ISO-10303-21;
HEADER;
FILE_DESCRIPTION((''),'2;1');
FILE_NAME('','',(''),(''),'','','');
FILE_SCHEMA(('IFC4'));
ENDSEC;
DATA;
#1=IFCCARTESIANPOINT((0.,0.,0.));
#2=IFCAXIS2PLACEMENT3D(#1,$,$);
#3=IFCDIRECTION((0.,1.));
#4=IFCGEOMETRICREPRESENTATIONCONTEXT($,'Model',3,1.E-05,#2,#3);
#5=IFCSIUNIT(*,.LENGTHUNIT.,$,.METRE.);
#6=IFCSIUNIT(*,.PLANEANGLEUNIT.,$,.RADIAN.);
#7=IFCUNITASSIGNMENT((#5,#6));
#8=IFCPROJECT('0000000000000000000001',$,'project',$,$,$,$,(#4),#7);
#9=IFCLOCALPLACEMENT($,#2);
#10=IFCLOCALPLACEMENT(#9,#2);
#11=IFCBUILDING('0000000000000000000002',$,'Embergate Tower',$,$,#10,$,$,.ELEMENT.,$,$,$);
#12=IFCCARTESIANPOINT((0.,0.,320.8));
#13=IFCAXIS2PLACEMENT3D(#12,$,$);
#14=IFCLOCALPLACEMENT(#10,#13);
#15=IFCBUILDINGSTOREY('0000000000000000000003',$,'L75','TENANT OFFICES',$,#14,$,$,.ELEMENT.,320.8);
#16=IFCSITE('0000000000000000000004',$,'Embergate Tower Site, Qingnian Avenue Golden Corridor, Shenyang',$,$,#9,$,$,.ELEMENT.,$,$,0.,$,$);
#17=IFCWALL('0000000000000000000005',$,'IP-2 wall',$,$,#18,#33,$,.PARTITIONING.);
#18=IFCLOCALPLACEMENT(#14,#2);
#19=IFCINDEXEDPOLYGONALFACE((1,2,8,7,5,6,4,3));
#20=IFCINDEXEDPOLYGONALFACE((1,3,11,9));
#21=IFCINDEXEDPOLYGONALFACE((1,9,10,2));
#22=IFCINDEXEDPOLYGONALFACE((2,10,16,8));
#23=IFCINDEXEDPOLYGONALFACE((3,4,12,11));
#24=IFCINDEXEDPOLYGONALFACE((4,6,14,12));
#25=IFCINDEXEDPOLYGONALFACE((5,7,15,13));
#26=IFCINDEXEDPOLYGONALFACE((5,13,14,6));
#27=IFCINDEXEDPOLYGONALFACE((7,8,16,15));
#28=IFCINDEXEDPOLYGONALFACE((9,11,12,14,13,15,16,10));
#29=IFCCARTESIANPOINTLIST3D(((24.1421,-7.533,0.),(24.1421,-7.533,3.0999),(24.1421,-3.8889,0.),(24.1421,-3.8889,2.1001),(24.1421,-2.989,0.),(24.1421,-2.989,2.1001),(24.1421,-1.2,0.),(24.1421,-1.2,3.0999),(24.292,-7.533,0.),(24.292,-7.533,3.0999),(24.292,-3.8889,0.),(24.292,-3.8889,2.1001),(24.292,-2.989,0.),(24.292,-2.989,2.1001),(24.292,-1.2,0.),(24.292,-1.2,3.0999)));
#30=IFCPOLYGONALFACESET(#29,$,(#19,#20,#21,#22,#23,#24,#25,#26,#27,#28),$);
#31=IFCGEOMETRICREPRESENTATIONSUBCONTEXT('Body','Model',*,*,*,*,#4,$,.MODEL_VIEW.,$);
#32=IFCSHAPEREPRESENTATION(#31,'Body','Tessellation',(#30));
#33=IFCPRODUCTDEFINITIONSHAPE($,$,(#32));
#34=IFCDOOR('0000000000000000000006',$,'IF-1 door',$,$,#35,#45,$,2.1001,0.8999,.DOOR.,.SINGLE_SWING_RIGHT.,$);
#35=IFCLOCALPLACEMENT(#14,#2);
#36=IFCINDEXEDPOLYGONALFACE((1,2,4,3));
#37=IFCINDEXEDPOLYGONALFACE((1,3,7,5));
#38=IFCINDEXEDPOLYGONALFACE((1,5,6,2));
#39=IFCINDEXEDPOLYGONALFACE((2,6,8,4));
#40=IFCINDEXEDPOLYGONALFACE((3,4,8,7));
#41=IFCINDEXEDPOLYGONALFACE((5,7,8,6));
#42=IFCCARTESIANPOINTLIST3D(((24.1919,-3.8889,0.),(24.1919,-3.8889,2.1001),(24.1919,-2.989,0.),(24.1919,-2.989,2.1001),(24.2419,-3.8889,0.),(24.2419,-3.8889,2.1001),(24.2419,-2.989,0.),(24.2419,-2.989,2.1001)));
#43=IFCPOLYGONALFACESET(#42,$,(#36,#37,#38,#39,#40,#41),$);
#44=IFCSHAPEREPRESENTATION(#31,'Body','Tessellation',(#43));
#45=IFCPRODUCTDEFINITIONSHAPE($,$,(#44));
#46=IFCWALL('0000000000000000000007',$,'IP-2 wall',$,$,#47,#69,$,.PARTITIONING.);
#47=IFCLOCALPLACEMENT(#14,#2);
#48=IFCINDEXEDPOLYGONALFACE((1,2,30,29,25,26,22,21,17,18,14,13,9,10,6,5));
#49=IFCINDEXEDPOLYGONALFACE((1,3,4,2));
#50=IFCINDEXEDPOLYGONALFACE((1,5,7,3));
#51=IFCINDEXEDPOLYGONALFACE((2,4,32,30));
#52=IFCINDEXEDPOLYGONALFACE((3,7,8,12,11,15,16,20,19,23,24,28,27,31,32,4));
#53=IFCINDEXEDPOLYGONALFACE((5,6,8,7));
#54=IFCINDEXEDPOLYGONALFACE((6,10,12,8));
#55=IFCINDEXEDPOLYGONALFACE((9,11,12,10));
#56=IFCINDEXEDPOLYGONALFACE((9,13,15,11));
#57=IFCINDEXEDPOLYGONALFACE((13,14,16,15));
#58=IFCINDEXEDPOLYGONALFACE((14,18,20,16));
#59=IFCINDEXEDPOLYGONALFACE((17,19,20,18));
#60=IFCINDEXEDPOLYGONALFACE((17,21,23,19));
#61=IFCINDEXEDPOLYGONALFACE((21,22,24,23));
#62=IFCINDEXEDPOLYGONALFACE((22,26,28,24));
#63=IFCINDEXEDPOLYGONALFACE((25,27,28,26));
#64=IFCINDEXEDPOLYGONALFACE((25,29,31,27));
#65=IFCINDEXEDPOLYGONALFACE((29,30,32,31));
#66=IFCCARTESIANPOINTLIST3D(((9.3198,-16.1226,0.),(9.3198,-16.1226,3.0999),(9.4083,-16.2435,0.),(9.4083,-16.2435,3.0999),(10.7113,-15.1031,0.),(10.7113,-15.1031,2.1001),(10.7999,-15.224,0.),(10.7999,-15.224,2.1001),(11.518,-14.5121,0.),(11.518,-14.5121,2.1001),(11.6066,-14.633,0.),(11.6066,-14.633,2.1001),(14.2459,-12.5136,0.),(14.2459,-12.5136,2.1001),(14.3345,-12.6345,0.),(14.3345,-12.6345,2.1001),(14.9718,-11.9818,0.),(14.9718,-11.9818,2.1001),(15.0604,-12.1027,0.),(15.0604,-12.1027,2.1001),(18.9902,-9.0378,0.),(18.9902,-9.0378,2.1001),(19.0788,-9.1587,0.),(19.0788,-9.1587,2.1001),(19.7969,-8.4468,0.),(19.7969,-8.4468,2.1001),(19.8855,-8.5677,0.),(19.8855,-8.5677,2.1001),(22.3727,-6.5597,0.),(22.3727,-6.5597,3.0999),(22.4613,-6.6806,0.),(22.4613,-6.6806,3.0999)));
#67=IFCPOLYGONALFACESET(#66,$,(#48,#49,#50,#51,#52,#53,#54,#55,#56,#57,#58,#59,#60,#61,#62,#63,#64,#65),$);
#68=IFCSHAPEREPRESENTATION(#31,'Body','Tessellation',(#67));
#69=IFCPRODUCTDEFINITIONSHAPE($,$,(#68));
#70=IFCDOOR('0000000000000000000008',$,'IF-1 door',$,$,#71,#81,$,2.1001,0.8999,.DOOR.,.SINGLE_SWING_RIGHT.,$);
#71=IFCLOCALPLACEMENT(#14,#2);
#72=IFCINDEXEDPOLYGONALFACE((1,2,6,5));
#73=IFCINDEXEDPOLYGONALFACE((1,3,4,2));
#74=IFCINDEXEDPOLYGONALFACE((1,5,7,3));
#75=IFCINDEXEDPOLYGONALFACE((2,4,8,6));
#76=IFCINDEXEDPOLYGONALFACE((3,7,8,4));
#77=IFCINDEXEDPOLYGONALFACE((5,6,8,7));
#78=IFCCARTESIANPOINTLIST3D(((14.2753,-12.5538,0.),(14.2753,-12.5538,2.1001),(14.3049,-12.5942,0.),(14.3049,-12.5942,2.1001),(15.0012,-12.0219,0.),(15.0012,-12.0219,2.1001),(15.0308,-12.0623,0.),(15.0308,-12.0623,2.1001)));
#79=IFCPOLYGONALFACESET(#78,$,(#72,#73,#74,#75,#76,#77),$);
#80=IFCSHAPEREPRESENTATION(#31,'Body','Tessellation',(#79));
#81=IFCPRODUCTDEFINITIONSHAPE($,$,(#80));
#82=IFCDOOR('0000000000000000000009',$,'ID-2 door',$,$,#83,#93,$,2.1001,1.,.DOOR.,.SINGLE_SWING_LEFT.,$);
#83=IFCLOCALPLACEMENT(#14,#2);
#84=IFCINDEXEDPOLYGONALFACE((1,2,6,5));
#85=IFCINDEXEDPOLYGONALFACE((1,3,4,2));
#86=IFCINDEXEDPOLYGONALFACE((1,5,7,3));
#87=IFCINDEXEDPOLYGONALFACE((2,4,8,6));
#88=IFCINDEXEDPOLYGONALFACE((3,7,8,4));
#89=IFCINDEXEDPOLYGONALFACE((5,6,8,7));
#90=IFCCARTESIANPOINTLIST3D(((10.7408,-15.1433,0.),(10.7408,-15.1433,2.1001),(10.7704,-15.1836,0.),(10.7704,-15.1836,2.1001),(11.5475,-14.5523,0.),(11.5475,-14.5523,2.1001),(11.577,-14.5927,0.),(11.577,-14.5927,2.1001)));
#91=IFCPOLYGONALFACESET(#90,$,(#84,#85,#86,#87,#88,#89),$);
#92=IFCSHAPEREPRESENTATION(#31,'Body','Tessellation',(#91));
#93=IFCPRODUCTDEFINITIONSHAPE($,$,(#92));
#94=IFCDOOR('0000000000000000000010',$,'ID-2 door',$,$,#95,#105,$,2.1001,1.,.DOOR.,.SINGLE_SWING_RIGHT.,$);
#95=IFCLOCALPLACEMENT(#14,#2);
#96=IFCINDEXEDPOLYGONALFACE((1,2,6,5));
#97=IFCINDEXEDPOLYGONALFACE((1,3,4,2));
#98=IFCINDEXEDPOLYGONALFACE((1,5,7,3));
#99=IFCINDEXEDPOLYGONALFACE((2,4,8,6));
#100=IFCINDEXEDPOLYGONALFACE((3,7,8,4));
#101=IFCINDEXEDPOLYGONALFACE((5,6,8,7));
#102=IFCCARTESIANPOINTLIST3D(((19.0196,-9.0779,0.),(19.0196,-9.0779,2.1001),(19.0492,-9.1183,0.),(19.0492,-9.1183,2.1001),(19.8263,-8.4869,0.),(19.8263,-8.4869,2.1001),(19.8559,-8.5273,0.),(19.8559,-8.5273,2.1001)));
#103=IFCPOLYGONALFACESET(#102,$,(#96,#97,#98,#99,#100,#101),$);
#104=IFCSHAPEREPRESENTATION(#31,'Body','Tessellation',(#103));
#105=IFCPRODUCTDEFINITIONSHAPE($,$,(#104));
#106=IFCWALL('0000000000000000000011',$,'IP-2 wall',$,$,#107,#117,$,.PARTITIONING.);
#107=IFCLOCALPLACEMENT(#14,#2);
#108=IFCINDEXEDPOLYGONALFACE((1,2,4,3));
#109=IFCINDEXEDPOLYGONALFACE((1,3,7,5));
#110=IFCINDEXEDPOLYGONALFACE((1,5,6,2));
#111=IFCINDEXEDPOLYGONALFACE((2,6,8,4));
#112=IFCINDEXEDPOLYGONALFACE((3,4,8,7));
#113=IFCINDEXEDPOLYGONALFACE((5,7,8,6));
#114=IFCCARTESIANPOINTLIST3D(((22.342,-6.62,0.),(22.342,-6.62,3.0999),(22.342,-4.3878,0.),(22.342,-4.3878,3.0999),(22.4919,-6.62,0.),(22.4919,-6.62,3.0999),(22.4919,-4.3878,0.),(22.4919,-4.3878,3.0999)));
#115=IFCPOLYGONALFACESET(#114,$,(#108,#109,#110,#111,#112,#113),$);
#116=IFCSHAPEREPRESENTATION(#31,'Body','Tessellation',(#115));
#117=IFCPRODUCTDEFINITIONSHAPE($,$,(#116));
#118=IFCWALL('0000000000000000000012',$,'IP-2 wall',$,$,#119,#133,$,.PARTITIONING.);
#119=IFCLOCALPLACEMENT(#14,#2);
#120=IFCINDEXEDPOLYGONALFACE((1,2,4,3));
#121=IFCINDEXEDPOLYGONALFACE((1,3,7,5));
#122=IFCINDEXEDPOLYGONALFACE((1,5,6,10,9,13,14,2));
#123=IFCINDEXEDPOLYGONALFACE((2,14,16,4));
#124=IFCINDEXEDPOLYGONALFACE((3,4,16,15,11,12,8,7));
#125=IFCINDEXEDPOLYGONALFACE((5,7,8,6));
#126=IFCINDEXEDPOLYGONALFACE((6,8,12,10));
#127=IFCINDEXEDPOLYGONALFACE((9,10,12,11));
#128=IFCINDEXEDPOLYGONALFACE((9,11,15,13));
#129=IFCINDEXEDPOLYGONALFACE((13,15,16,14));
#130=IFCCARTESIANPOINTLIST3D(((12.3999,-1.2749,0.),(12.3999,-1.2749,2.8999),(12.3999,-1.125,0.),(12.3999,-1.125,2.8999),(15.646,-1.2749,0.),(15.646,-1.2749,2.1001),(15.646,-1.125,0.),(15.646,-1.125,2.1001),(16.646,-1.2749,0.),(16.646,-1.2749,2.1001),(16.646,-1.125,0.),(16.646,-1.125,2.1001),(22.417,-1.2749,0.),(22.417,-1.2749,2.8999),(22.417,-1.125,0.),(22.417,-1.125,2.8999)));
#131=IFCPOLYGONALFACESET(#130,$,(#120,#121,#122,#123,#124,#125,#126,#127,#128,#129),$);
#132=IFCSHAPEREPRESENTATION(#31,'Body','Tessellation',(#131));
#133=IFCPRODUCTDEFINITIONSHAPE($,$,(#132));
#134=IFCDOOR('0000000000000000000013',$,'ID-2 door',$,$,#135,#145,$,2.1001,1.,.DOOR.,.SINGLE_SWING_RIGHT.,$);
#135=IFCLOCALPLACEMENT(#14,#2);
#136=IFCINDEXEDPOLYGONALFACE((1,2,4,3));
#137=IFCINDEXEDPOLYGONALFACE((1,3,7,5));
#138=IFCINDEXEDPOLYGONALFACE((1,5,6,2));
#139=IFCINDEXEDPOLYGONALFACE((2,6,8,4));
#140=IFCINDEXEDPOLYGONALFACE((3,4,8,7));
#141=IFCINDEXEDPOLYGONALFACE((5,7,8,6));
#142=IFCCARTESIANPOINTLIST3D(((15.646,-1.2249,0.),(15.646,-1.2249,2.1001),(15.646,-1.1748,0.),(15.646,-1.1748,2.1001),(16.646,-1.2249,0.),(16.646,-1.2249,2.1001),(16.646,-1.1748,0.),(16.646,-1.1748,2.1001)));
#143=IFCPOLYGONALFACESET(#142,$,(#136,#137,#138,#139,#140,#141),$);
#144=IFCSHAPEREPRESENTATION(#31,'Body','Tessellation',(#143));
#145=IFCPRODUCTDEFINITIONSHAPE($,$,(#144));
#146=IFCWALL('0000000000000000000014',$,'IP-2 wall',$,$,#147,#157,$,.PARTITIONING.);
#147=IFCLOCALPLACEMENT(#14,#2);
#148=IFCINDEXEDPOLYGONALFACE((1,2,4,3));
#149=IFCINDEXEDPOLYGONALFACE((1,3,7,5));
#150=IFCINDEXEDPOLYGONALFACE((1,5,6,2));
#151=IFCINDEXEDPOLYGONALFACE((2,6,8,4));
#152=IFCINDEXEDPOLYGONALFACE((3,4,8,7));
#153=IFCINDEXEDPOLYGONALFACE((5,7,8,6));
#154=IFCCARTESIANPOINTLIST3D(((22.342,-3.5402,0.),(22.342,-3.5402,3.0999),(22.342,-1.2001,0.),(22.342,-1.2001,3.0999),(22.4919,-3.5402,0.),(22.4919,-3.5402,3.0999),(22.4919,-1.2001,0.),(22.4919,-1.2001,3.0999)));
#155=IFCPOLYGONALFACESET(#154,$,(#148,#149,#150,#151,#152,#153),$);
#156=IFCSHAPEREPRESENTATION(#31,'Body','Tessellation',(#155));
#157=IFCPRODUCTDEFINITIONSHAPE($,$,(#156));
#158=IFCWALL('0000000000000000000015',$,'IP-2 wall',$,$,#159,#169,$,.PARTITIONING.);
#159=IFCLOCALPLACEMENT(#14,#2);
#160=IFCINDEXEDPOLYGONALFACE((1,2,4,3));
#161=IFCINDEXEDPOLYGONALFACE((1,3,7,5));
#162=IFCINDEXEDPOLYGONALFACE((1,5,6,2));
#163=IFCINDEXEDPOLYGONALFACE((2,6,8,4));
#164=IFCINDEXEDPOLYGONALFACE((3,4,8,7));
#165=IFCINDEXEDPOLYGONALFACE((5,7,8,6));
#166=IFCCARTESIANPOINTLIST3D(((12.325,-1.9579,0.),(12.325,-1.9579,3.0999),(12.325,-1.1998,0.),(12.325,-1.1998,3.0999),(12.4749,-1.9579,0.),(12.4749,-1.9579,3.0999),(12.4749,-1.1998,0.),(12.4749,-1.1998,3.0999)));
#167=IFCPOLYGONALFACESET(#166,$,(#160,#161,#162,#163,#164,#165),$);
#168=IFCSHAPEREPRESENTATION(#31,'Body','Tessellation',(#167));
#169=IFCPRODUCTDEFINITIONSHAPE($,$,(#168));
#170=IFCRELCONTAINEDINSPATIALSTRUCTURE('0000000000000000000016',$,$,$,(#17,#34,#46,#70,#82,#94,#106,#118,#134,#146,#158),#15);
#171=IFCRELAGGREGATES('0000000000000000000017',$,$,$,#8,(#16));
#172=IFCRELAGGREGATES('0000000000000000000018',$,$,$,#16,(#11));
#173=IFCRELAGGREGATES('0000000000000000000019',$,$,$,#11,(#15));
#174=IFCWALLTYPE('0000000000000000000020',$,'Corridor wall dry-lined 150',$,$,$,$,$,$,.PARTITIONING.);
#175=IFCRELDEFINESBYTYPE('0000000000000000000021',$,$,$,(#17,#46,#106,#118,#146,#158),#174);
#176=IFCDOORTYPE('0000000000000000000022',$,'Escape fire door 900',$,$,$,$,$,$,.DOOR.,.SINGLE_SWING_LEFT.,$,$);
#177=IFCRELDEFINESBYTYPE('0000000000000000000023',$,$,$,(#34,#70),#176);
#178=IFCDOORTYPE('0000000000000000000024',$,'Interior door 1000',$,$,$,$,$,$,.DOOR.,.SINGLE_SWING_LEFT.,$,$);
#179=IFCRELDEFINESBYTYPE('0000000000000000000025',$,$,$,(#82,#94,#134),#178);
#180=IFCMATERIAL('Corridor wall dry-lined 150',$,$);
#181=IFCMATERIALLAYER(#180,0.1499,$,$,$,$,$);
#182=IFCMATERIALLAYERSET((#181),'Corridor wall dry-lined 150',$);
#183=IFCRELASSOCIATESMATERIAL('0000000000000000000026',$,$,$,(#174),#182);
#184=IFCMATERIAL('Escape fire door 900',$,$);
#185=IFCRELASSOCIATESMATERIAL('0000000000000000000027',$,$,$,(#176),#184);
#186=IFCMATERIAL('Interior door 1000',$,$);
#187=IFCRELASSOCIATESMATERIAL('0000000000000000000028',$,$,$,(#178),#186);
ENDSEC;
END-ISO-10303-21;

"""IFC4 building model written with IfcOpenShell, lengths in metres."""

from ifc_helpers import new_model, si_unit, direction, frame, frame_2d, origin, place, context, subcontext, project, spatial, rectangle, extrude, source, transform, mapped, material, layer, layer_set, type_object, element, fill, save


model = new_model("IFC4")

# Units and contexts
model_context = context("Model", 3, precision=1e-05, world=origin(), true_north=direction((0.0, 1.0)))
body_context = subcontext(model_context, "Body", "Model", "MODEL_VIEW")
ifc_project = project(units=[si_unit("LENGTHUNIT", "METRE"), si_unit("PLANEANGLEUNIT", "RADIAN")], contexts=[model_context])

# Site, building, storey
site_placement = place(None, origin())
site = spatial("IfcSite", under=ifc_project, at=site_placement, Name="Embergate Tower Site, Qingnian Avenue Golden Corridor, Shenyang", CompositionType="ELEMENT", RefElevation=0.0)
building_placement = place(site_placement, origin())
building = spatial("IfcBuilding", under=site, at=building_placement, Name="Embergate Tower", CompositionType="ELEMENT")
storey_placement = place(building_placement, frame((0.0, 0.0, 320.8)))
storey = spatial("IfcBuildingStorey", under=building, at=storey_placement, Name="L75", Description="TENANT OFFICES", CompositionType="ELEMENT", Elevation=320.8)

# Shared definitions
ifc_material_1 = material(Name="Corridor wall dry-lined 150")
ifc_layer_1 = layer(ifc_material_1, 0.1499)
ifc_layer_set_1 = layer_set([ifc_layer_1], Name="Corridor wall dry-lined 150")
wall_type_1 = type_object("IfcWallType", Name="Corridor wall dry-lined 150", PredefinedType="PARTITIONING", material=ifc_layer_set_1)
shared_shape_1 = source(origin(), body_context, "Body", "SweptSolid", [
    extrude(rectangle(XDim=1.0, YDim=2.1001, at=frame_2d((0.5, 1.05))), frame((0.0, 0.085, 0.0), z_axis=(0.0, -1.0, 0.0), x_axis=(1.0, 0.0, 0.0)), (0.0, 0.0, 1.0), 0.1699),
])
shared_shape_2 = source(origin(), body_context, "Body", "SweptSolid", [
    extrude(rectangle(XDim=0.8999, YDim=2.1001, at=frame_2d((0.45, 1.05))), frame((0.0, 0.085, 0.0), z_axis=(0.0, -1.0, 0.0), x_axis=(1.0, 0.0, 0.0)), (0.0, 0.0, 1.0), 0.1699),
])
ifc_material_2 = material(Name="Escape fire door 900")
door_type_1 = type_object("IfcDoorType", Name="Escape fire door 900", OperationType="SINGLE_SWING_LEFT", PredefinedType="DOOR", material=ifc_material_2)
shared_shape_3 = source(origin(), body_context, "Body", "SweptSolid", [
    extrude(rectangle(XDim=0.8999, YDim=2.1001, at=frame_2d((0.45, 1.05))), frame((0.0, 0.0249, 0.0), z_axis=(0.0, -1.0, 0.0), x_axis=(1.0, 0.0, 0.0)), (0.0, 0.0, 1.0), 0.05),
])
ifc_material_3 = material(Name="Interior door 1000")
door_type_2 = type_object("IfcDoorType", Name="Interior door 1000", OperationType="SINGLE_SWING_LEFT", PredefinedType="DOOR", material=ifc_material_3)
shared_shape_4 = source(origin(), body_context, "Body", "SweptSolid", [
    extrude(rectangle(XDim=1.0, YDim=2.1001, at=frame_2d((0.5, 1.05))), frame((0.0, 0.0249, 0.0), z_axis=(0.0, -1.0, 0.0), x_axis=(1.0, 0.0, 0.0)), (0.0, 0.0, 1.0), 0.05),
])

# Wall, opening, door
shared_shape_5 = source(origin(), body_context, "Body", "SweptSolid", [
    extrude(rectangle(XDim=6.333, YDim=0.1499, at=frame_2d((3.1665, 0.0))), origin(), (0.0, 0.0, 1.0), 3.0999),
])
wall_1_placement = place(storey_placement, frame((24.217, -1.2, 0.0), z_axis=(0.0, 0.0, 1.0), x_axis=(0.0, -1.0, 0.0)))
wall_1 = element("IfcWall", 1, at=wall_1_placement, inside=storey, type_object=wall_type_1, Name="IP-2 wall", PredefinedType="PARTITIONING", context=body_context, shape_type="MappedRepresentation", body=[
    mapped(shared_shape_5, transform((0.0, 0.0, 0.0))),
])
opening_1_placement = place(wall_1_placement, frame((1.7891, 0.0, 0.0)))
opening_1 = element("IfcOpeningElement", 2, at=opening_1_placement, cuts=wall_1, PredefinedType="OPENING", context=body_context, shape_type="MappedRepresentation", body=[
    mapped(shared_shape_2, transform((0.0, 0.0, 0.0))),
])
door_1_placement = place(opening_1_placement, origin())
door_1 = element("IfcDoor", 3, at=door_1_placement, inside=storey, type_object=door_type_1, Name="IF-1 door", OperationType="SINGLE_SWING_RIGHT", OverallHeight=2.1001, OverallWidth=0.8999, PredefinedType="DOOR", context=body_context, shape_type="MappedRepresentation", body=[
    mapped(shared_shape_3, transform((0.0, 0.0, 0.0))),
])
fill(opening_1, door_1)

# Wall, openings, doors
shared_shape_6 = source(origin(), body_context, "Body", "SweptSolid", [
    extrude(rectangle(XDim=16.1812, YDim=0.1499, at=frame_2d((8.0906, 0.0))), origin(), (0.0, 0.0, 1.0), 3.0999),
])
wall_2_placement = place(storey_placement, frame((22.417, -6.6201, 0.0), z_axis=(0.0, 0.0, 1.0), x_axis=(-0.806676, -0.590994, 0.0)))
wall_2 = element("IfcWall", 4, at=wall_2_placement, inside=storey, type_object=wall_type_1, Name="IP-2 wall", PredefinedType="PARTITIONING", context=body_context, shape_type="MappedRepresentation", body=[
    mapped(shared_shape_6, transform((0.0, 0.0, 0.0))),
])
opening_2_placement = place(wall_2_placement, frame((13.4561, 0.0, 0.0)))
opening_2 = element("IfcOpeningElement", 5, at=opening_2_placement, cuts=wall_2, PredefinedType="OPENING", context=body_context, shape_type="MappedRepresentation", body=[
    mapped(shared_shape_1, transform((0.0, 0.0, 0.0))),
])
opening_3_placement = place(wall_2_placement, frame((9.1746, 0.0, 0.0)))
opening_3 = element("IfcOpeningElement", 6, at=opening_3_placement, cuts=wall_2, PredefinedType="OPENING", context=body_context, shape_type="MappedRepresentation", body=[
    mapped(shared_shape_2, transform((0.0, 0.0, 0.0))),
])
opening_4_placement = place(wall_2_placement, frame((3.1931, 0.0, 0.0)))
opening_4 = element("IfcOpeningElement", 7, at=opening_4_placement, cuts=wall_2, PredefinedType="OPENING", context=body_context, shape_type="MappedRepresentation", body=[
    mapped(shared_shape_1, transform((0.0, 0.0, 0.0))),
])
door_2_placement = place(opening_3_placement, origin())
door_2 = element("IfcDoor", 8, at=door_2_placement, inside=storey, type_object=door_type_1, Name="IF-1 door", OperationType="SINGLE_SWING_RIGHT", OverallHeight=2.1001, OverallWidth=0.8999, PredefinedType="DOOR", context=body_context, shape_type="MappedRepresentation", body=[
    mapped(shared_shape_3, transform((0.0, 0.0, 0.0))),
])
fill(opening_3, door_2)
door_3_placement = place(opening_2_placement, origin())
door_3 = element("IfcDoor", 9, at=door_3_placement, inside=storey, type_object=door_type_2, Name="ID-2 door", OperationType="SINGLE_SWING_LEFT", OverallHeight=2.1001, OverallWidth=1.0, PredefinedType="DOOR", context=body_context, shape_type="MappedRepresentation", body=[
    mapped(shared_shape_4, transform((0.0, 0.0, 0.0))),
])
fill(opening_2, door_3)
door_4_placement = place(opening_4_placement, origin())
door_4 = element("IfcDoor", 10, at=door_4_placement, inside=storey, type_object=door_type_2, Name="ID-2 door", OperationType="SINGLE_SWING_RIGHT", OverallHeight=2.1001, OverallWidth=1.0, PredefinedType="DOOR", context=body_context, shape_type="MappedRepresentation", body=[
    mapped(shared_shape_4, transform((0.0, 0.0, 0.0))),
])
fill(opening_4, door_4)

# Wall
shared_shape_7 = source(origin(), body_context, "Body", "SweptSolid", [
    extrude(rectangle(XDim=2.2322, YDim=0.1499, at=frame_2d((1.1162, 0.0))), origin(), (0.0, 0.0, 1.0), 3.0999),
])
wall_3_placement = place(storey_placement, frame((22.417, -6.6201, 0.0), z_axis=(0.0, 0.0, 1.0), x_axis=(0.0, 1.0, 0.0)))
element("IfcWall", 11, at=wall_3_placement, inside=storey, type_object=wall_type_1, Name="IP-2 wall", PredefinedType="PARTITIONING", context=body_context, shape_type="MappedRepresentation", body=[
    mapped(shared_shape_7, transform((0.0, 0.0, 0.0))),
])

# Wall, opening, door
shared_shape_8 = source(origin(), body_context, "Body", "SweptSolid", [
    extrude(rectangle(XDim=10.0171, YDim=0.1499, at=frame_2d((5.0085, 0.0))), origin(), (0.0, 0.0, 1.0), 2.8999),
])
wall_4_placement = place(storey_placement, frame((22.417, -1.2, 0.0), z_axis=(0.0, 0.0, 1.0), x_axis=(-1.0, 0.0, 0.0)))
wall_4 = element("IfcWall", 12, at=wall_4_placement, inside=storey, type_object=wall_type_1, Name="IP-2 wall", PredefinedType="PARTITIONING", context=body_context, shape_type="MappedRepresentation", body=[
    mapped(shared_shape_8, transform((0.0, 0.0, 0.0))),
])
opening_5_placement = place(wall_4_placement, frame((5.771, 0.0, 0.0)))
opening_5 = element("IfcOpeningElement", 13, at=opening_5_placement, cuts=wall_4, PredefinedType="OPENING", context=body_context, shape_type="MappedRepresentation", body=[
    mapped(shared_shape_1, transform((0.0, 0.0, 0.0))),
])
door_5_placement = place(opening_5_placement, origin())
door_5 = element("IfcDoor", 14, at=door_5_placement, inside=storey, type_object=door_type_2, Name="ID-2 door", OperationType="SINGLE_SWING_RIGHT", OverallHeight=2.1001, OverallWidth=1.0, PredefinedType="DOOR", context=body_context, shape_type="MappedRepresentation", body=[
    mapped(shared_shape_4, transform((0.0, 0.0, 0.0))),
])
fill(opening_5, door_5)

# Walls
shared_shape_9 = source(origin(), body_context, "Body", "SweptSolid", [
    extrude(rectangle(XDim=2.3401, YDim=0.1499, at=frame_2d((1.1699, 0.0))), origin(), (0.0, 0.0, 1.0), 3.0999),
])
wall_5_placement = place(storey_placement, frame((22.417, -3.54, 0.0), z_axis=(0.0, 0.0, 1.0), x_axis=(0.0, 1.0, 0.0)))
element("IfcWall", 15, at=wall_5_placement, inside=storey, type_object=wall_type_1, Name="IP-2 wall", PredefinedType="PARTITIONING", context=body_context, shape_type="MappedRepresentation", body=[
    mapped(shared_shape_9, transform((0.0, 0.0, 0.0))),
])
shared_shape_10 = source(origin(), body_context, "Body", "SweptSolid", [
    extrude(rectangle(XDim=0.7581, YDim=0.1499, at=frame_2d((0.3789, 0.0))), origin(), (0.0, 0.0, 1.0), 3.0999),
])
wall_6_placement = place(storey_placement, frame((12.3999, -1.2, 0.0), z_axis=(0.0, 0.0, 1.0), x_axis=(0.0, -1.0, 0.0)))
element("IfcWall", 16, at=wall_6_placement, inside=storey, type_object=wall_type_1, Name="IP-2 wall", PredefinedType="PARTITIONING", context=body_context, shape_type="MappedRepresentation", body=[
    mapped(shared_shape_10, transform((0.0, 0.0, 0.0))),
])

save(model, "model.ifc")
